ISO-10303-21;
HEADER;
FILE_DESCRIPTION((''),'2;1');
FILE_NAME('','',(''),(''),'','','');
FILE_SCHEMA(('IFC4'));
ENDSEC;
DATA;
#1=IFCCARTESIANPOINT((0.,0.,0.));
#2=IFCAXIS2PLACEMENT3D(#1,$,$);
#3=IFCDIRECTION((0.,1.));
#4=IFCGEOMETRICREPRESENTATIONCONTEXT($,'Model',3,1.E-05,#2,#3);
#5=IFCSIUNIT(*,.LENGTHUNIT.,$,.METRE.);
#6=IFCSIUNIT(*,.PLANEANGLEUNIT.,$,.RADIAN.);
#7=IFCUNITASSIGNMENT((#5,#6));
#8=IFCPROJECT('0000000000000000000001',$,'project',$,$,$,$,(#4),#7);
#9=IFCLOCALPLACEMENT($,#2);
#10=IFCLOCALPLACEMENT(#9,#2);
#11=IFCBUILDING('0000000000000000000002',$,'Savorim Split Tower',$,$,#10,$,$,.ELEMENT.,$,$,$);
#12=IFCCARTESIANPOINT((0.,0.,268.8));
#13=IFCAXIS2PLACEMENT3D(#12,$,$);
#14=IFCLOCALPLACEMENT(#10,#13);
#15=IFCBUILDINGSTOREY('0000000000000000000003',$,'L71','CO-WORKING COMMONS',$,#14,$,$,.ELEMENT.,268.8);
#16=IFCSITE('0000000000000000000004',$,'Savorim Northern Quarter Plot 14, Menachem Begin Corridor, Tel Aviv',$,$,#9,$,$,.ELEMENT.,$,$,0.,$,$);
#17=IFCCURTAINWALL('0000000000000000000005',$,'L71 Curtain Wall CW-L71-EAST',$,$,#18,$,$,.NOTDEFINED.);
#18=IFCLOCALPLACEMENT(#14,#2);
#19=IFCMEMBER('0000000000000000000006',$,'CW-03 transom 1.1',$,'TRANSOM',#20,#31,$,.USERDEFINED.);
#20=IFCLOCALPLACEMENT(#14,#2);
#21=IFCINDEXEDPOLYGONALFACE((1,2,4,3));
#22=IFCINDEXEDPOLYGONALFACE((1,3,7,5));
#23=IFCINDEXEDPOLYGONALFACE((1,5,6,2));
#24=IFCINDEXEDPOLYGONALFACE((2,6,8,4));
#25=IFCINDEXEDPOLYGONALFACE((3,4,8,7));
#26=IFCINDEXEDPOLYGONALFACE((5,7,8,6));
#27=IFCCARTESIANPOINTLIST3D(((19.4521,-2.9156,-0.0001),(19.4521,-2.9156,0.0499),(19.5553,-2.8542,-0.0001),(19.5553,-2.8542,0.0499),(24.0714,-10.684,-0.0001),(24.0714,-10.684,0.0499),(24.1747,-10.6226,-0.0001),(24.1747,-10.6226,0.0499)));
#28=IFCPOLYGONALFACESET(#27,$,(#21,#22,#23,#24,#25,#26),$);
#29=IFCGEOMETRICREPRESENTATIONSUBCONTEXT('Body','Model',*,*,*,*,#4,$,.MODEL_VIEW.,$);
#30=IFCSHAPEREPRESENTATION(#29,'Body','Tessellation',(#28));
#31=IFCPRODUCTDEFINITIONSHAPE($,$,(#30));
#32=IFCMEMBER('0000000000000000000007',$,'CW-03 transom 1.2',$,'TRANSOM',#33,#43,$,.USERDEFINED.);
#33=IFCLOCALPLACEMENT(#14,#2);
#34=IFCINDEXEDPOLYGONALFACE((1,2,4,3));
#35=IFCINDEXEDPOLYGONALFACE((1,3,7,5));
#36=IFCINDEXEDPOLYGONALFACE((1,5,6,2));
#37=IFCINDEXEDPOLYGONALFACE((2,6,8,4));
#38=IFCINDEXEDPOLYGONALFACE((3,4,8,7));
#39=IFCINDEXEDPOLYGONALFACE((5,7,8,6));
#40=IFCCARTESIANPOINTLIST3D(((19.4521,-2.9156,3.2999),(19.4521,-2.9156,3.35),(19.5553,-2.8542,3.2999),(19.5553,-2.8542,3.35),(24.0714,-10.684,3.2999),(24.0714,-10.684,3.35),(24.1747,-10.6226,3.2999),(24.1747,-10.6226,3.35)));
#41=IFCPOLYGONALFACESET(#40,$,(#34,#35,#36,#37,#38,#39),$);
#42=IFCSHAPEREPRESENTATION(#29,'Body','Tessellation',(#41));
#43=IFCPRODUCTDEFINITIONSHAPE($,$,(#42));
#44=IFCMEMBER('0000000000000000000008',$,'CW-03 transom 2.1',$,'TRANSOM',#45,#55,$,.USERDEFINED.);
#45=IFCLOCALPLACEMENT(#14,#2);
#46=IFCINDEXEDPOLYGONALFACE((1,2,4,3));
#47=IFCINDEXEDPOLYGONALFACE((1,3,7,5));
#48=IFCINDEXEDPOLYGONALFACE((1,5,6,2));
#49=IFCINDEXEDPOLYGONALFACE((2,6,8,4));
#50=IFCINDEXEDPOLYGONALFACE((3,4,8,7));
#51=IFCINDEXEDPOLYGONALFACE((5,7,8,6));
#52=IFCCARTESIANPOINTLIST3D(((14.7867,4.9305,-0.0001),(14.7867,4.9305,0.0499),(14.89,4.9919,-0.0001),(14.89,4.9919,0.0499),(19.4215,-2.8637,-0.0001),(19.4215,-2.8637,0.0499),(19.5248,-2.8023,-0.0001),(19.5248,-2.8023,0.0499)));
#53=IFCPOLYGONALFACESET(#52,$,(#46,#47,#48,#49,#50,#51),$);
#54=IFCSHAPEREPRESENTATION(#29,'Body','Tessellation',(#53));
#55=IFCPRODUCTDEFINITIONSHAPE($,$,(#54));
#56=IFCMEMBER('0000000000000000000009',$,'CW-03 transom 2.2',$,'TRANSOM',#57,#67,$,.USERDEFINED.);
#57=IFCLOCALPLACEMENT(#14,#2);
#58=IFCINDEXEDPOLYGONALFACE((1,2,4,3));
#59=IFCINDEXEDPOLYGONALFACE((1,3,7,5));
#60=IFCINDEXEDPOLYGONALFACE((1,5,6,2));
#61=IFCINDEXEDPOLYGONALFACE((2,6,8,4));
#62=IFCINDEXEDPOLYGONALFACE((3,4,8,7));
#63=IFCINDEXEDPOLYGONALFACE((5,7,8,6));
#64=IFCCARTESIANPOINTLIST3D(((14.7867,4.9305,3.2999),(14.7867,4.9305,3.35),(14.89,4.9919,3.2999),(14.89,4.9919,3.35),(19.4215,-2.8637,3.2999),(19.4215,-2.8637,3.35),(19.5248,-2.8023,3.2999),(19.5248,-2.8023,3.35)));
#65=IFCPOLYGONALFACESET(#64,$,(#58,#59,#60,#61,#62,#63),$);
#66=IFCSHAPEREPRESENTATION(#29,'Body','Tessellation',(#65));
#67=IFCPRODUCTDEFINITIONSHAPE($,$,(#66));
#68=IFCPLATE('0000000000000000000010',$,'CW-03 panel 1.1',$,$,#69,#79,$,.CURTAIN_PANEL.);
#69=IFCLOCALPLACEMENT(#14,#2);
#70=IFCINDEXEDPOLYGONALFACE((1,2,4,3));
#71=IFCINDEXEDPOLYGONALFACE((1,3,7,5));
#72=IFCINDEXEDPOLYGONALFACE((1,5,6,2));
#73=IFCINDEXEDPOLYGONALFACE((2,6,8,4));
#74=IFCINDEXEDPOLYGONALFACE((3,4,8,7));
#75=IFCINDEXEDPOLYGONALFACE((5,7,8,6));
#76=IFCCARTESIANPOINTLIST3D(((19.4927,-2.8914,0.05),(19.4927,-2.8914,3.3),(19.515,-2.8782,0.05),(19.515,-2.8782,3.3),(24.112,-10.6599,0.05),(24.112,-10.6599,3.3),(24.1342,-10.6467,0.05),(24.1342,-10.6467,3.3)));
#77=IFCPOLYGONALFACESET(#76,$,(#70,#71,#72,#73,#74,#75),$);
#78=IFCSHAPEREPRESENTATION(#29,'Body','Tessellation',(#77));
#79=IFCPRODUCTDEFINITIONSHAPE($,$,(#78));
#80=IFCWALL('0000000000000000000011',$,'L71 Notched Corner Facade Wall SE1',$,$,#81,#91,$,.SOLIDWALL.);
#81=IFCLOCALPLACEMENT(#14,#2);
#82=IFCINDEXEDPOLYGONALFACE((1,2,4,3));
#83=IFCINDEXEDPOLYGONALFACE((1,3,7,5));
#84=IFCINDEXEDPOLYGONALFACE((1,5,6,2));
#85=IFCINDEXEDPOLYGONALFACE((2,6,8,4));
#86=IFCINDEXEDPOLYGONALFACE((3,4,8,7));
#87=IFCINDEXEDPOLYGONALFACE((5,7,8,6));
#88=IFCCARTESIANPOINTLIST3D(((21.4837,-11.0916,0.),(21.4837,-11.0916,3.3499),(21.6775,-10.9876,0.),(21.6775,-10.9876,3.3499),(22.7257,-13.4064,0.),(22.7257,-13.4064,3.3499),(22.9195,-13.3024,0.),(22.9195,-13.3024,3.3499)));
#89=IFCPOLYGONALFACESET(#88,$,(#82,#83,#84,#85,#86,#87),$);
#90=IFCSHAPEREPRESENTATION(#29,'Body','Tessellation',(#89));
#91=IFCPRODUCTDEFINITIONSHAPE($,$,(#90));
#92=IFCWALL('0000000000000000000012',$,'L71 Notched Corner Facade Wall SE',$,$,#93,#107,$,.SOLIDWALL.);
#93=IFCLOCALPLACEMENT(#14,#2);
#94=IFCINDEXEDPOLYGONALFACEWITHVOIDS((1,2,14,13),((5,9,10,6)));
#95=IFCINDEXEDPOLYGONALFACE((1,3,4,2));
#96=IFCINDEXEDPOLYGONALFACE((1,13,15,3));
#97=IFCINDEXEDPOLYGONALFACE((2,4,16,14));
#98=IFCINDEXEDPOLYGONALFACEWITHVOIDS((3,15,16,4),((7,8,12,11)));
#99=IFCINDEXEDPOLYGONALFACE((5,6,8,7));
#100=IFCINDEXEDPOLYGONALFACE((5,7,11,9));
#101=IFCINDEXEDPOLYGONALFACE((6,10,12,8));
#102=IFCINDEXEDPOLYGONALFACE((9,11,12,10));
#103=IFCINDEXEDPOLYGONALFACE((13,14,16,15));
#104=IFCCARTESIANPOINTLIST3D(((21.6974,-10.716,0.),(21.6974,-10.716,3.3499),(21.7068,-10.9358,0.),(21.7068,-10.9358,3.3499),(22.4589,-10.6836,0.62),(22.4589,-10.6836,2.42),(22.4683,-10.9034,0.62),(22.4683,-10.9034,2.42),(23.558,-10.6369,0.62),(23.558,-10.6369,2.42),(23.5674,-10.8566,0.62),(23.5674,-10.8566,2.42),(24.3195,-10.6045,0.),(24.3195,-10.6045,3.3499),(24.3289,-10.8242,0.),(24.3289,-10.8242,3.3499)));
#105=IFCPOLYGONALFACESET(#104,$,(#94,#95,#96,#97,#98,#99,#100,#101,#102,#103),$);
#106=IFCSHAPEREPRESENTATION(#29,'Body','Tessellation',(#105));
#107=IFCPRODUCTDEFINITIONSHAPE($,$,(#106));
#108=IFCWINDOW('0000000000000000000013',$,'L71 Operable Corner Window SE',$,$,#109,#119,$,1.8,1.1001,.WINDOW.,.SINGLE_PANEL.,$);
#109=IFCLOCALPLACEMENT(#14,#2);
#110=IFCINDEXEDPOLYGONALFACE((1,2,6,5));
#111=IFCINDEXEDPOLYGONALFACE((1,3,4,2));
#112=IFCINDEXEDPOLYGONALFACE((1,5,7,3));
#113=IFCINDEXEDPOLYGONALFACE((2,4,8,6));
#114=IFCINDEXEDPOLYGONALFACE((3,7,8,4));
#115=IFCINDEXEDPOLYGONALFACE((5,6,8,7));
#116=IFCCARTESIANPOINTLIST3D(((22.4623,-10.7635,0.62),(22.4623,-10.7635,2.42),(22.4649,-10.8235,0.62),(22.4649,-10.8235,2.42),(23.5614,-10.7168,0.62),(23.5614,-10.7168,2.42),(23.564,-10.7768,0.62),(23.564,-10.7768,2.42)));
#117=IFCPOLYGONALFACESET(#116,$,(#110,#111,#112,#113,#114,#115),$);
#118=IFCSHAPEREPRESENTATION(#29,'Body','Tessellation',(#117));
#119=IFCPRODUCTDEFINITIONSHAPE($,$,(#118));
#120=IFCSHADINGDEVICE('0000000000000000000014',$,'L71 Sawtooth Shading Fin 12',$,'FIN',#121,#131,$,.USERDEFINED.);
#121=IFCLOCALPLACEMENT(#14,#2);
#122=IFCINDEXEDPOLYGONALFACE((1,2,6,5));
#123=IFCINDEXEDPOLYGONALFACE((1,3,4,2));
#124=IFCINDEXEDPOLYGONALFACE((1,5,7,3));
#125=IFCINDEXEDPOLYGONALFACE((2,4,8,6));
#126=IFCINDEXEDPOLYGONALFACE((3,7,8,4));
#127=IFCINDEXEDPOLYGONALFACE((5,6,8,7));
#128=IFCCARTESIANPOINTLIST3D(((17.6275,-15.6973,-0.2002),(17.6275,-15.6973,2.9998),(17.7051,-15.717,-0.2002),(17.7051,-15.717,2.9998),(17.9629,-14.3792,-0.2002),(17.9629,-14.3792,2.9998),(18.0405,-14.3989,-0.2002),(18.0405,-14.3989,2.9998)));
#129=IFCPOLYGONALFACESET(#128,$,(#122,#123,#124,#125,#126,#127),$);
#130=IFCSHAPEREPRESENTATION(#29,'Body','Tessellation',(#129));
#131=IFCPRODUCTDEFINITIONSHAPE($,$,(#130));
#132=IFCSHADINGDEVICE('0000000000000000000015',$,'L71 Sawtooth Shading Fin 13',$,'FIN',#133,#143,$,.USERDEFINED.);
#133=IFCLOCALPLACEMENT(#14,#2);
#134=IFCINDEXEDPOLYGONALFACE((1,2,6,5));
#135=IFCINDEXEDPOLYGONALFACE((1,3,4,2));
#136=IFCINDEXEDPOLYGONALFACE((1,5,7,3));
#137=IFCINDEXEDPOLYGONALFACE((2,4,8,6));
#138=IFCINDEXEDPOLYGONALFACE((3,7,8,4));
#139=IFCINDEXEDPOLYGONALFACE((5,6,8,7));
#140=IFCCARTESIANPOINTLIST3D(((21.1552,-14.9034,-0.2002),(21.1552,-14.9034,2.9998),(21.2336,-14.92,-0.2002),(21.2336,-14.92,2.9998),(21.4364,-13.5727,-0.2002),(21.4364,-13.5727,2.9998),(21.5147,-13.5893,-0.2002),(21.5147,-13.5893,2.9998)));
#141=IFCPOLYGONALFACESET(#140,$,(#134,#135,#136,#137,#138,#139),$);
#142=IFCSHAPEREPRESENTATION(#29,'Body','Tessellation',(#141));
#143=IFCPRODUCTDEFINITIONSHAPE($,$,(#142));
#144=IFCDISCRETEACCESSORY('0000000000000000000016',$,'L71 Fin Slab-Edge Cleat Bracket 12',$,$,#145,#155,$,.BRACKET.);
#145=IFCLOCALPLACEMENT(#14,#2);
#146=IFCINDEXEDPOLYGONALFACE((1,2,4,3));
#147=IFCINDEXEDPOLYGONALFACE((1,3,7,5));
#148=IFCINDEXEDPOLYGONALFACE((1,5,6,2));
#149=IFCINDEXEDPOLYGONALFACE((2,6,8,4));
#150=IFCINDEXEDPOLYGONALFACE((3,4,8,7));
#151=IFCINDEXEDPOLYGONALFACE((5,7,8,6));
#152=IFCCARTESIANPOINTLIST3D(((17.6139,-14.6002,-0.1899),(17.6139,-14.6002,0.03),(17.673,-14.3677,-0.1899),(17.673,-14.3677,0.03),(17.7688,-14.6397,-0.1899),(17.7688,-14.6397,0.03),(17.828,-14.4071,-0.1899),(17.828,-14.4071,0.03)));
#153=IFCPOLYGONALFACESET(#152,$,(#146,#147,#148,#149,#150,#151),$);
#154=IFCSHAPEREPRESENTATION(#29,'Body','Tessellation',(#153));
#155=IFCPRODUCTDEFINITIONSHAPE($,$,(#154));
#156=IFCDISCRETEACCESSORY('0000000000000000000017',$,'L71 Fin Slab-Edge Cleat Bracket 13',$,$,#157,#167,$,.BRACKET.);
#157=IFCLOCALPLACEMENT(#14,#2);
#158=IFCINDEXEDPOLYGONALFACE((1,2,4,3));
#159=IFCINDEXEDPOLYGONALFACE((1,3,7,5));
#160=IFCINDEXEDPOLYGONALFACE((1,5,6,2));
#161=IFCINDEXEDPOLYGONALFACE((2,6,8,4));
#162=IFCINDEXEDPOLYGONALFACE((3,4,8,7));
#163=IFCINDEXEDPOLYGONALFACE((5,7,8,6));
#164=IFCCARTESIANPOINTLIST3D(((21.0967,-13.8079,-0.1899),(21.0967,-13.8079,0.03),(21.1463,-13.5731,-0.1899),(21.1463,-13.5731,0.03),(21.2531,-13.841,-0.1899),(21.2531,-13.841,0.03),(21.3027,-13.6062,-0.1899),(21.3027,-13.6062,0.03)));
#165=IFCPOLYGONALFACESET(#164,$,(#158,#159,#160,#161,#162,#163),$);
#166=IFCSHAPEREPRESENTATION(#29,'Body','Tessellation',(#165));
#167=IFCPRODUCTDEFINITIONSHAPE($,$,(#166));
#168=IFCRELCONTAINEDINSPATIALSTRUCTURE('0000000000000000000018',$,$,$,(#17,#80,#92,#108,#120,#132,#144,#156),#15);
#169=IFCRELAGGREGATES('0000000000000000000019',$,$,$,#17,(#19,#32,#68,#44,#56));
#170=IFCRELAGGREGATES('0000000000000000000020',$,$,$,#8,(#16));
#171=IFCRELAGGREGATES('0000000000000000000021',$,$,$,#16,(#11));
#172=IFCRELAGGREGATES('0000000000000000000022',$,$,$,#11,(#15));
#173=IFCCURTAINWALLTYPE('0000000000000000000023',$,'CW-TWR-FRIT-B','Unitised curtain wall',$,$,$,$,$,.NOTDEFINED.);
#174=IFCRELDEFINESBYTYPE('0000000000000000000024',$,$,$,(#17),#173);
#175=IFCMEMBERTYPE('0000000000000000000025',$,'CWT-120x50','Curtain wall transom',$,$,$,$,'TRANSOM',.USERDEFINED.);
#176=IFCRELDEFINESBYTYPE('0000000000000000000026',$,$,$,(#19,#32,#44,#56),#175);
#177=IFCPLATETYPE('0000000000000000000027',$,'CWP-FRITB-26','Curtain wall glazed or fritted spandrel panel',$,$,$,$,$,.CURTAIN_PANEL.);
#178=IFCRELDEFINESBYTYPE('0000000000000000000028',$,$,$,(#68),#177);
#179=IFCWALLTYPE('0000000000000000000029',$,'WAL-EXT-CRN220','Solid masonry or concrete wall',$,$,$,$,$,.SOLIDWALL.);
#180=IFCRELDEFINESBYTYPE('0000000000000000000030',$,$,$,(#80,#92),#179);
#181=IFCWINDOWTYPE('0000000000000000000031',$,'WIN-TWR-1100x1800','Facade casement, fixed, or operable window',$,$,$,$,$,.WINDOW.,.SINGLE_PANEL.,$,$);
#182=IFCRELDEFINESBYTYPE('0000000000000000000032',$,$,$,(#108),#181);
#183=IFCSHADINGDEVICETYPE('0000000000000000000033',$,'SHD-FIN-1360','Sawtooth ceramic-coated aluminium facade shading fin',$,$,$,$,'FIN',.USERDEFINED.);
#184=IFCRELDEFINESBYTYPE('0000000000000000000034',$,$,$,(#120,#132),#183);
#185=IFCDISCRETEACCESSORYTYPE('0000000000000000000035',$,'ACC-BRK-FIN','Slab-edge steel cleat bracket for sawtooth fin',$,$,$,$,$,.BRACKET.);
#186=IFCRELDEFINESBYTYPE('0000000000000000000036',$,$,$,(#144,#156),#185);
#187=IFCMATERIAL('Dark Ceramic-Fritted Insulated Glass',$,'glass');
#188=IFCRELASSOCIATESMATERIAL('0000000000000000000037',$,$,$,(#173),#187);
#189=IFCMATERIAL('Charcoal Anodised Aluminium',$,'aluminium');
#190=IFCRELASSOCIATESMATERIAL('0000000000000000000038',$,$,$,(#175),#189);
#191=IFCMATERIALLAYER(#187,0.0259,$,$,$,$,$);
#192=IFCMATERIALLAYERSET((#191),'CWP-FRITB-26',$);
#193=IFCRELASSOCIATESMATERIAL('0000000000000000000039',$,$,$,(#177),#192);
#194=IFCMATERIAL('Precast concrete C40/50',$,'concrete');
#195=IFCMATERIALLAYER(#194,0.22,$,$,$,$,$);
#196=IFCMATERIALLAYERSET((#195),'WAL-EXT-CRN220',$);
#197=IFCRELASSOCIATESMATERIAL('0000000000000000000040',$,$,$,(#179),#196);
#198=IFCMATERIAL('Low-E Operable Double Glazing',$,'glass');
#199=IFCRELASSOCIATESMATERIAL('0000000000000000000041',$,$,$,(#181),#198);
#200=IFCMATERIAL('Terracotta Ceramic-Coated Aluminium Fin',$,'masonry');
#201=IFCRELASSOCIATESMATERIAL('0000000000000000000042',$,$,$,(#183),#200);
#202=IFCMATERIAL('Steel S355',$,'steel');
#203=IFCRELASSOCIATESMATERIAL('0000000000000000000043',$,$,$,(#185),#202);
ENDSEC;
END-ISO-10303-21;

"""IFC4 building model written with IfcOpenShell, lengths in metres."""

from ifc_helpers import new_model, si_unit, direction, frame, frame_2d, origin, origin_2d, place, context, subcontext, project, spatial, rectangle, extrude, material, layer, layer_set, material_profile, profile_set, type_object, element, fill, aggregate, save


model = new_model("IFC4")

# Units and contexts
model_context = context("Model", 3, precision=1e-05, world=origin(), true_north=direction((0.0, 1.0)))
body_context = subcontext(model_context, "Body", "Model", "MODEL_VIEW")
ifc_project = project(units=[si_unit("LENGTHUNIT", "METRE"), si_unit("PLANEANGLEUNIT", "RADIAN")], contexts=[model_context])

# Site, building, storey
site_placement = place(None, origin())
site = spatial("IfcSite", under=ifc_project, at=site_placement, Name="Savorim Northern Quarter Plot 14, Menachem Begin Corridor, Tel Aviv", CompositionType="ELEMENT", RefElevation=0.0)
building_placement = place(site_placement, origin())
building = spatial("IfcBuilding", under=site, at=building_placement, Name="Savorim Split Tower", CompositionType="ELEMENT")
storey_placement = place(building_placement, frame((0.0, 0.0, 268.8)))
storey = spatial("IfcBuildingStorey", under=building, at=storey_placement, Name="L71", Description="CO-WORKING COMMONS", CompositionType="ELEMENT", Elevation=268.8)

# Shared definitions
ifc_material_1 = material(Name="Steel S355", Category="steel")

# Shared definitions
ifc_material_2 = material(Name="Dark Ceramic-Fritted Insulated Glass", Category="glass")
curtain_wall_type = type_object("IfcCurtainWallType", Name="CW-TWR-FRIT-B", Description="Unitised curtain wall", PredefinedType="NOTDEFINED", material=ifc_material_2)
ifc_material_3 = material(Name="Charcoal Anodised Aluminium", Category="aluminium")

# Curtain wall, members, plate
curtain_wall_1_placement = place(storey_placement, origin())
curtain_wall_1 = element("IfcCurtainWall", 1, at=curtain_wall_1_placement, inside=storey, type_object=curtain_wall_type, Name="L71 Curtain Wall CW-L71-EAST", PredefinedType="NOTDEFINED")
ifc_material_profile_1 = material_profile(ifc_material_3, rectangle(XDim=0.1201, YDim=0.05, at=origin_2d()), Name="ALU-T 120x50")
ifc_profile_set_1 = profile_set([ifc_material_profile_1], Name="Charcoal Anodised Aluminium")
member_type_1 = type_object("IfcMemberType", Name="CWT-120x50", Description="Curtain wall transom", ElementType="TRANSOM", PredefinedType="USERDEFINED", material=ifc_profile_set_1)
member_1_placement = place(storey_placement, frame((24.123, -10.6533, 0.0249), z_axis=(-0.511095, 0.859524, 0.0), x_axis=(-0.859524, -0.511095, 0.0)))
member_1 = element("IfcMember", 2, at=member_1_placement, type_object=member_type_1, Name="CW-03 transom 1.1", ObjectType="TRANSOM", PredefinedType="USERDEFINED", context=body_context, shape_type="SweptSolid", body=[
    extrude(rectangle(XDim=0.1201, YDim=0.05, at=origin_2d()), origin(), (0.0, 0.0, 1.0), 9.0381),
])
member_2_placement = place(storey_placement, frame((24.123, -10.6533, 3.325), z_axis=(-0.511095, 0.859524, 0.0), x_axis=(-0.859524, -0.511095, 0.0)))
member_2 = element("IfcMember", 3, at=member_2_placement, type_object=member_type_1, Name="CW-03 transom 1.2", ObjectType="TRANSOM", PredefinedType="USERDEFINED", context=body_context, shape_type="SweptSolid", body=[
    extrude(rectangle(XDim=0.1201, YDim=0.05, at=origin_2d()), origin(), (0.0, 0.0, 1.0), 9.0381),
])
member_3_placement = place(storey_placement, frame((19.4731, -2.833, 0.0249), z_axis=(-0.511107, 0.859517, 0.0), x_axis=(-0.859517, -0.511107, 0.0)))
member_3 = element("IfcMember", 4, at=member_3_placement, type_object=member_type_1, Name="CW-03 transom 2.1", ObjectType="TRANSOM", PredefinedType="USERDEFINED", context=body_context, shape_type="SweptSolid", body=[
    extrude(rectangle(XDim=0.1201, YDim=0.05, at=origin_2d()), origin(), (0.0, 0.0, 1.0), 9.0681),
])
member_4_placement = place(storey_placement, frame((19.4731, -2.833, 3.325), z_axis=(-0.511107, 0.859517, 0.0), x_axis=(-0.859517, -0.511107, 0.0)))
member_4 = element("IfcMember", 5, at=member_4_placement, type_object=member_type_1, Name="CW-03 transom 2.2", ObjectType="TRANSOM", PredefinedType="USERDEFINED", context=body_context, shape_type="SweptSolid", body=[
    extrude(rectangle(XDim=0.1201, YDim=0.05, at=origin_2d()), origin(), (0.0, 0.0, 1.0), 9.0681),
])
ifc_layer_1 = layer(ifc_material_2, 0.0259)
ifc_layer_set_1 = layer_set([ifc_layer_1], Name="CWP-FRITB-26")
plate_type = type_object("IfcPlateType", Name="CWP-FRITB-26", Description="Curtain wall glazed or fritted spandrel panel", PredefinedType="CURTAIN_PANEL", material=ifc_layer_set_1)
plate_placement = place(storey_placement, frame((21.8135, -6.769, 0.05), z_axis=(0.0, 0.0, 1.0), x_axis=(-0.51109, 0.859527, 0.0)))
plate = element("IfcPlate", 6, at=plate_placement, type_object=plate_type, Name="CW-03 panel 1.1", PredefinedType="CURTAIN_PANEL", context=body_context, shape_type="SweptSolid", body=[
    extrude(rectangle(XDim=9.0381, YDim=0.0259, at=origin_2d()), origin(), (0.0, 0.0, 1.0), 3.25),
])
aggregate(curtain_wall_1, [member_1, member_2, plate, member_3, member_4])

# Wall
ifc_material_4 = material(Name="Precast concrete C40/50", Category="concrete")
ifc_layer_2 = layer(ifc_material_4, 0.22)
ifc_layer_set_2 = layer_set([ifc_layer_2], Name="WAL-EXT-CRN220")
wall_type = type_object("IfcWallType", Name="WAL-EXT-CRN220", Description="Solid masonry or concrete wall", PredefinedType="SOLIDWALL", material=ifc_layer_set_2)
wall_1_placement = place(storey_placement, frame((21.5806, -11.0396, 0.0), z_axis=(0.0, 0.0, 1.0), x_axis=(0.472791, -0.881174, 0.0)))
element("IfcWall", 7, at=wall_1_placement, inside=storey, type_object=wall_type, Name="L71 Notched Corner Facade Wall SE1", PredefinedType="SOLIDWALL", context=body_context, shape_type="SweptSolid", body=[
    extrude(rectangle(XDim=2.627, YDim=0.22, at=frame_2d((1.3135, 0.0))), origin(), (0.0, 0.0, 1.0), 3.3499),
])

# Wall, opening, window
wall_2_placement = place(storey_placement, frame((24.3242, -10.7144, 0.0), z_axis=(0.0, 0.0, 1.0), x_axis=(-0.999096, -0.042513, 0.0)))
wall_2 = element("IfcWall", 8, at=wall_2_placement, inside=storey, type_object=wall_type, Name="L71 Notched Corner Facade Wall SE", PredefinedType="SOLIDWALL", context=body_context, shape_type="SweptSolid", body=[
    extrude(rectangle(XDim=2.6245, YDim=0.22, at=frame_2d((1.3123, 0.0))), origin(), (0.0, 0.0, 1.0), 3.3499),
])
opening_placement = place(wall_2_placement, frame((0.7622, 0.0, 0.6201)))
opening = element("IfcOpeningElement", 9, at=opening_placement, cuts=wall_2, PredefinedType="OPENING", context=body_context, shape_type="SweptSolid", body=[
    extrude(rectangle(XDim=1.1001, YDim=1.8, at=frame_2d((0.55, 0.8999))), frame((0.0, 0.1199, 0.0), z_axis=(0.0, -1.0, 0.0), x_axis=(1.0, 0.0, 0.0)), (0.0, 0.0, 1.0), 0.24),
])
ifc_material_5 = material(Name="Low-E Operable Double Glazing", Category="glass")
window_type = type_object("IfcWindowType", Name="WIN-TWR-1100x1800", Description="Facade casement, fixed, or operable window", PartitioningType="SINGLE_PANEL", PredefinedType="WINDOW", material=ifc_material_5)
window_placement = place(opening_placement, origin())
window = element("IfcWindow", 10, at=window_placement, inside=storey, type_object=window_type, Name="L71 Operable Corner Window SE", OverallHeight=1.8, OverallWidth=1.1001, PartitioningType="SINGLE_PANEL", PredefinedType="WINDOW", context=body_context, shape_type="SweptSolid", body=[
    extrude(rectangle(XDim=1.1001, YDim=1.8, at=frame_2d((0.55, 0.8999))), frame((0.0, 0.03, 0.0), z_axis=(0.0, -1.0, 0.0), x_axis=(1.0, 0.0, 0.0)), (0.0, 0.0, 1.0), 0.0601),
])
fill(opening, window)

# Shading devices
ifc_material_6 = material(Name="Terracotta Ceramic-Coated Aluminium Fin", Category="masonry")
shading_device_type = type_object("IfcShadingDeviceType", Name="SHD-FIN-1360", Description="Sawtooth ceramic-coated aluminium facade shading fin", ElementType="FIN", PredefinedType="USERDEFINED", material=ifc_material_6)
for number, where, z_axis, x_axis, name in (
    (11, (17.834, -15.0481, -0.2002), (0.0, 0.0, 1.0), (-0.246581, -0.969122, 0.0), "L71 Sawtooth Shading Fin 12"),
    (12, (21.335, -14.2463, -0.2002), (0.0, 0.0, 1.0), (-0.206722, -0.9784, 0.0), "L71 Sawtooth Shading Fin 13"),
):
    element("IfcShadingDevice", number, at=place(storey_placement, frame(where, z_axis=z_axis, x_axis=x_axis)), inside=storey, type_object=shading_device_type, Name=name, ObjectType="FIN", PredefinedType="USERDEFINED", context=body_context, shape_type="SweptSolid", body=[
        extrude(rectangle(XDim=1.3601, YDim=0.0801, at=origin_2d()), origin(), (0.0, 0.0, 1.0), 3.2),
    ])

# Discrete accessories
discrete_accessory_type = type_object("IfcDiscreteAccessoryType", Name="ACC-BRK-FIN", Description="Slab-edge steel cleat bracket for sawtooth fin", PredefinedType="BRACKET", material=ifc_material_1)
for number, where, z_axis, x_axis, name in (
    (13, (17.7209, -14.5037, -0.1899), (0.0, 0.0, 1.0), (-0.246581, -0.969122, 0.0), "L71 Fin Slab-Edge Cleat Bracket 12"),
    (14, (21.1997, -13.707, -0.1899), (0.0, 0.0, 1.0), (-0.206722, -0.9784, 0.0), "L71 Fin Slab-Edge Cleat Bracket 13"),
):
    element("IfcDiscreteAccessory", number, at=place(storey_placement, frame(where, z_axis=z_axis, x_axis=x_axis)), inside=storey, type_object=discrete_accessory_type, Name=name, PredefinedType="BRACKET", context=body_context, shape_type="SweptSolid", body=[
        extrude(rectangle(XDim=0.24, YDim=0.1599, at=origin_2d()), origin(), (0.0, 0.0, 1.0), 0.22),
    ])

save(model, "model.ifc")
